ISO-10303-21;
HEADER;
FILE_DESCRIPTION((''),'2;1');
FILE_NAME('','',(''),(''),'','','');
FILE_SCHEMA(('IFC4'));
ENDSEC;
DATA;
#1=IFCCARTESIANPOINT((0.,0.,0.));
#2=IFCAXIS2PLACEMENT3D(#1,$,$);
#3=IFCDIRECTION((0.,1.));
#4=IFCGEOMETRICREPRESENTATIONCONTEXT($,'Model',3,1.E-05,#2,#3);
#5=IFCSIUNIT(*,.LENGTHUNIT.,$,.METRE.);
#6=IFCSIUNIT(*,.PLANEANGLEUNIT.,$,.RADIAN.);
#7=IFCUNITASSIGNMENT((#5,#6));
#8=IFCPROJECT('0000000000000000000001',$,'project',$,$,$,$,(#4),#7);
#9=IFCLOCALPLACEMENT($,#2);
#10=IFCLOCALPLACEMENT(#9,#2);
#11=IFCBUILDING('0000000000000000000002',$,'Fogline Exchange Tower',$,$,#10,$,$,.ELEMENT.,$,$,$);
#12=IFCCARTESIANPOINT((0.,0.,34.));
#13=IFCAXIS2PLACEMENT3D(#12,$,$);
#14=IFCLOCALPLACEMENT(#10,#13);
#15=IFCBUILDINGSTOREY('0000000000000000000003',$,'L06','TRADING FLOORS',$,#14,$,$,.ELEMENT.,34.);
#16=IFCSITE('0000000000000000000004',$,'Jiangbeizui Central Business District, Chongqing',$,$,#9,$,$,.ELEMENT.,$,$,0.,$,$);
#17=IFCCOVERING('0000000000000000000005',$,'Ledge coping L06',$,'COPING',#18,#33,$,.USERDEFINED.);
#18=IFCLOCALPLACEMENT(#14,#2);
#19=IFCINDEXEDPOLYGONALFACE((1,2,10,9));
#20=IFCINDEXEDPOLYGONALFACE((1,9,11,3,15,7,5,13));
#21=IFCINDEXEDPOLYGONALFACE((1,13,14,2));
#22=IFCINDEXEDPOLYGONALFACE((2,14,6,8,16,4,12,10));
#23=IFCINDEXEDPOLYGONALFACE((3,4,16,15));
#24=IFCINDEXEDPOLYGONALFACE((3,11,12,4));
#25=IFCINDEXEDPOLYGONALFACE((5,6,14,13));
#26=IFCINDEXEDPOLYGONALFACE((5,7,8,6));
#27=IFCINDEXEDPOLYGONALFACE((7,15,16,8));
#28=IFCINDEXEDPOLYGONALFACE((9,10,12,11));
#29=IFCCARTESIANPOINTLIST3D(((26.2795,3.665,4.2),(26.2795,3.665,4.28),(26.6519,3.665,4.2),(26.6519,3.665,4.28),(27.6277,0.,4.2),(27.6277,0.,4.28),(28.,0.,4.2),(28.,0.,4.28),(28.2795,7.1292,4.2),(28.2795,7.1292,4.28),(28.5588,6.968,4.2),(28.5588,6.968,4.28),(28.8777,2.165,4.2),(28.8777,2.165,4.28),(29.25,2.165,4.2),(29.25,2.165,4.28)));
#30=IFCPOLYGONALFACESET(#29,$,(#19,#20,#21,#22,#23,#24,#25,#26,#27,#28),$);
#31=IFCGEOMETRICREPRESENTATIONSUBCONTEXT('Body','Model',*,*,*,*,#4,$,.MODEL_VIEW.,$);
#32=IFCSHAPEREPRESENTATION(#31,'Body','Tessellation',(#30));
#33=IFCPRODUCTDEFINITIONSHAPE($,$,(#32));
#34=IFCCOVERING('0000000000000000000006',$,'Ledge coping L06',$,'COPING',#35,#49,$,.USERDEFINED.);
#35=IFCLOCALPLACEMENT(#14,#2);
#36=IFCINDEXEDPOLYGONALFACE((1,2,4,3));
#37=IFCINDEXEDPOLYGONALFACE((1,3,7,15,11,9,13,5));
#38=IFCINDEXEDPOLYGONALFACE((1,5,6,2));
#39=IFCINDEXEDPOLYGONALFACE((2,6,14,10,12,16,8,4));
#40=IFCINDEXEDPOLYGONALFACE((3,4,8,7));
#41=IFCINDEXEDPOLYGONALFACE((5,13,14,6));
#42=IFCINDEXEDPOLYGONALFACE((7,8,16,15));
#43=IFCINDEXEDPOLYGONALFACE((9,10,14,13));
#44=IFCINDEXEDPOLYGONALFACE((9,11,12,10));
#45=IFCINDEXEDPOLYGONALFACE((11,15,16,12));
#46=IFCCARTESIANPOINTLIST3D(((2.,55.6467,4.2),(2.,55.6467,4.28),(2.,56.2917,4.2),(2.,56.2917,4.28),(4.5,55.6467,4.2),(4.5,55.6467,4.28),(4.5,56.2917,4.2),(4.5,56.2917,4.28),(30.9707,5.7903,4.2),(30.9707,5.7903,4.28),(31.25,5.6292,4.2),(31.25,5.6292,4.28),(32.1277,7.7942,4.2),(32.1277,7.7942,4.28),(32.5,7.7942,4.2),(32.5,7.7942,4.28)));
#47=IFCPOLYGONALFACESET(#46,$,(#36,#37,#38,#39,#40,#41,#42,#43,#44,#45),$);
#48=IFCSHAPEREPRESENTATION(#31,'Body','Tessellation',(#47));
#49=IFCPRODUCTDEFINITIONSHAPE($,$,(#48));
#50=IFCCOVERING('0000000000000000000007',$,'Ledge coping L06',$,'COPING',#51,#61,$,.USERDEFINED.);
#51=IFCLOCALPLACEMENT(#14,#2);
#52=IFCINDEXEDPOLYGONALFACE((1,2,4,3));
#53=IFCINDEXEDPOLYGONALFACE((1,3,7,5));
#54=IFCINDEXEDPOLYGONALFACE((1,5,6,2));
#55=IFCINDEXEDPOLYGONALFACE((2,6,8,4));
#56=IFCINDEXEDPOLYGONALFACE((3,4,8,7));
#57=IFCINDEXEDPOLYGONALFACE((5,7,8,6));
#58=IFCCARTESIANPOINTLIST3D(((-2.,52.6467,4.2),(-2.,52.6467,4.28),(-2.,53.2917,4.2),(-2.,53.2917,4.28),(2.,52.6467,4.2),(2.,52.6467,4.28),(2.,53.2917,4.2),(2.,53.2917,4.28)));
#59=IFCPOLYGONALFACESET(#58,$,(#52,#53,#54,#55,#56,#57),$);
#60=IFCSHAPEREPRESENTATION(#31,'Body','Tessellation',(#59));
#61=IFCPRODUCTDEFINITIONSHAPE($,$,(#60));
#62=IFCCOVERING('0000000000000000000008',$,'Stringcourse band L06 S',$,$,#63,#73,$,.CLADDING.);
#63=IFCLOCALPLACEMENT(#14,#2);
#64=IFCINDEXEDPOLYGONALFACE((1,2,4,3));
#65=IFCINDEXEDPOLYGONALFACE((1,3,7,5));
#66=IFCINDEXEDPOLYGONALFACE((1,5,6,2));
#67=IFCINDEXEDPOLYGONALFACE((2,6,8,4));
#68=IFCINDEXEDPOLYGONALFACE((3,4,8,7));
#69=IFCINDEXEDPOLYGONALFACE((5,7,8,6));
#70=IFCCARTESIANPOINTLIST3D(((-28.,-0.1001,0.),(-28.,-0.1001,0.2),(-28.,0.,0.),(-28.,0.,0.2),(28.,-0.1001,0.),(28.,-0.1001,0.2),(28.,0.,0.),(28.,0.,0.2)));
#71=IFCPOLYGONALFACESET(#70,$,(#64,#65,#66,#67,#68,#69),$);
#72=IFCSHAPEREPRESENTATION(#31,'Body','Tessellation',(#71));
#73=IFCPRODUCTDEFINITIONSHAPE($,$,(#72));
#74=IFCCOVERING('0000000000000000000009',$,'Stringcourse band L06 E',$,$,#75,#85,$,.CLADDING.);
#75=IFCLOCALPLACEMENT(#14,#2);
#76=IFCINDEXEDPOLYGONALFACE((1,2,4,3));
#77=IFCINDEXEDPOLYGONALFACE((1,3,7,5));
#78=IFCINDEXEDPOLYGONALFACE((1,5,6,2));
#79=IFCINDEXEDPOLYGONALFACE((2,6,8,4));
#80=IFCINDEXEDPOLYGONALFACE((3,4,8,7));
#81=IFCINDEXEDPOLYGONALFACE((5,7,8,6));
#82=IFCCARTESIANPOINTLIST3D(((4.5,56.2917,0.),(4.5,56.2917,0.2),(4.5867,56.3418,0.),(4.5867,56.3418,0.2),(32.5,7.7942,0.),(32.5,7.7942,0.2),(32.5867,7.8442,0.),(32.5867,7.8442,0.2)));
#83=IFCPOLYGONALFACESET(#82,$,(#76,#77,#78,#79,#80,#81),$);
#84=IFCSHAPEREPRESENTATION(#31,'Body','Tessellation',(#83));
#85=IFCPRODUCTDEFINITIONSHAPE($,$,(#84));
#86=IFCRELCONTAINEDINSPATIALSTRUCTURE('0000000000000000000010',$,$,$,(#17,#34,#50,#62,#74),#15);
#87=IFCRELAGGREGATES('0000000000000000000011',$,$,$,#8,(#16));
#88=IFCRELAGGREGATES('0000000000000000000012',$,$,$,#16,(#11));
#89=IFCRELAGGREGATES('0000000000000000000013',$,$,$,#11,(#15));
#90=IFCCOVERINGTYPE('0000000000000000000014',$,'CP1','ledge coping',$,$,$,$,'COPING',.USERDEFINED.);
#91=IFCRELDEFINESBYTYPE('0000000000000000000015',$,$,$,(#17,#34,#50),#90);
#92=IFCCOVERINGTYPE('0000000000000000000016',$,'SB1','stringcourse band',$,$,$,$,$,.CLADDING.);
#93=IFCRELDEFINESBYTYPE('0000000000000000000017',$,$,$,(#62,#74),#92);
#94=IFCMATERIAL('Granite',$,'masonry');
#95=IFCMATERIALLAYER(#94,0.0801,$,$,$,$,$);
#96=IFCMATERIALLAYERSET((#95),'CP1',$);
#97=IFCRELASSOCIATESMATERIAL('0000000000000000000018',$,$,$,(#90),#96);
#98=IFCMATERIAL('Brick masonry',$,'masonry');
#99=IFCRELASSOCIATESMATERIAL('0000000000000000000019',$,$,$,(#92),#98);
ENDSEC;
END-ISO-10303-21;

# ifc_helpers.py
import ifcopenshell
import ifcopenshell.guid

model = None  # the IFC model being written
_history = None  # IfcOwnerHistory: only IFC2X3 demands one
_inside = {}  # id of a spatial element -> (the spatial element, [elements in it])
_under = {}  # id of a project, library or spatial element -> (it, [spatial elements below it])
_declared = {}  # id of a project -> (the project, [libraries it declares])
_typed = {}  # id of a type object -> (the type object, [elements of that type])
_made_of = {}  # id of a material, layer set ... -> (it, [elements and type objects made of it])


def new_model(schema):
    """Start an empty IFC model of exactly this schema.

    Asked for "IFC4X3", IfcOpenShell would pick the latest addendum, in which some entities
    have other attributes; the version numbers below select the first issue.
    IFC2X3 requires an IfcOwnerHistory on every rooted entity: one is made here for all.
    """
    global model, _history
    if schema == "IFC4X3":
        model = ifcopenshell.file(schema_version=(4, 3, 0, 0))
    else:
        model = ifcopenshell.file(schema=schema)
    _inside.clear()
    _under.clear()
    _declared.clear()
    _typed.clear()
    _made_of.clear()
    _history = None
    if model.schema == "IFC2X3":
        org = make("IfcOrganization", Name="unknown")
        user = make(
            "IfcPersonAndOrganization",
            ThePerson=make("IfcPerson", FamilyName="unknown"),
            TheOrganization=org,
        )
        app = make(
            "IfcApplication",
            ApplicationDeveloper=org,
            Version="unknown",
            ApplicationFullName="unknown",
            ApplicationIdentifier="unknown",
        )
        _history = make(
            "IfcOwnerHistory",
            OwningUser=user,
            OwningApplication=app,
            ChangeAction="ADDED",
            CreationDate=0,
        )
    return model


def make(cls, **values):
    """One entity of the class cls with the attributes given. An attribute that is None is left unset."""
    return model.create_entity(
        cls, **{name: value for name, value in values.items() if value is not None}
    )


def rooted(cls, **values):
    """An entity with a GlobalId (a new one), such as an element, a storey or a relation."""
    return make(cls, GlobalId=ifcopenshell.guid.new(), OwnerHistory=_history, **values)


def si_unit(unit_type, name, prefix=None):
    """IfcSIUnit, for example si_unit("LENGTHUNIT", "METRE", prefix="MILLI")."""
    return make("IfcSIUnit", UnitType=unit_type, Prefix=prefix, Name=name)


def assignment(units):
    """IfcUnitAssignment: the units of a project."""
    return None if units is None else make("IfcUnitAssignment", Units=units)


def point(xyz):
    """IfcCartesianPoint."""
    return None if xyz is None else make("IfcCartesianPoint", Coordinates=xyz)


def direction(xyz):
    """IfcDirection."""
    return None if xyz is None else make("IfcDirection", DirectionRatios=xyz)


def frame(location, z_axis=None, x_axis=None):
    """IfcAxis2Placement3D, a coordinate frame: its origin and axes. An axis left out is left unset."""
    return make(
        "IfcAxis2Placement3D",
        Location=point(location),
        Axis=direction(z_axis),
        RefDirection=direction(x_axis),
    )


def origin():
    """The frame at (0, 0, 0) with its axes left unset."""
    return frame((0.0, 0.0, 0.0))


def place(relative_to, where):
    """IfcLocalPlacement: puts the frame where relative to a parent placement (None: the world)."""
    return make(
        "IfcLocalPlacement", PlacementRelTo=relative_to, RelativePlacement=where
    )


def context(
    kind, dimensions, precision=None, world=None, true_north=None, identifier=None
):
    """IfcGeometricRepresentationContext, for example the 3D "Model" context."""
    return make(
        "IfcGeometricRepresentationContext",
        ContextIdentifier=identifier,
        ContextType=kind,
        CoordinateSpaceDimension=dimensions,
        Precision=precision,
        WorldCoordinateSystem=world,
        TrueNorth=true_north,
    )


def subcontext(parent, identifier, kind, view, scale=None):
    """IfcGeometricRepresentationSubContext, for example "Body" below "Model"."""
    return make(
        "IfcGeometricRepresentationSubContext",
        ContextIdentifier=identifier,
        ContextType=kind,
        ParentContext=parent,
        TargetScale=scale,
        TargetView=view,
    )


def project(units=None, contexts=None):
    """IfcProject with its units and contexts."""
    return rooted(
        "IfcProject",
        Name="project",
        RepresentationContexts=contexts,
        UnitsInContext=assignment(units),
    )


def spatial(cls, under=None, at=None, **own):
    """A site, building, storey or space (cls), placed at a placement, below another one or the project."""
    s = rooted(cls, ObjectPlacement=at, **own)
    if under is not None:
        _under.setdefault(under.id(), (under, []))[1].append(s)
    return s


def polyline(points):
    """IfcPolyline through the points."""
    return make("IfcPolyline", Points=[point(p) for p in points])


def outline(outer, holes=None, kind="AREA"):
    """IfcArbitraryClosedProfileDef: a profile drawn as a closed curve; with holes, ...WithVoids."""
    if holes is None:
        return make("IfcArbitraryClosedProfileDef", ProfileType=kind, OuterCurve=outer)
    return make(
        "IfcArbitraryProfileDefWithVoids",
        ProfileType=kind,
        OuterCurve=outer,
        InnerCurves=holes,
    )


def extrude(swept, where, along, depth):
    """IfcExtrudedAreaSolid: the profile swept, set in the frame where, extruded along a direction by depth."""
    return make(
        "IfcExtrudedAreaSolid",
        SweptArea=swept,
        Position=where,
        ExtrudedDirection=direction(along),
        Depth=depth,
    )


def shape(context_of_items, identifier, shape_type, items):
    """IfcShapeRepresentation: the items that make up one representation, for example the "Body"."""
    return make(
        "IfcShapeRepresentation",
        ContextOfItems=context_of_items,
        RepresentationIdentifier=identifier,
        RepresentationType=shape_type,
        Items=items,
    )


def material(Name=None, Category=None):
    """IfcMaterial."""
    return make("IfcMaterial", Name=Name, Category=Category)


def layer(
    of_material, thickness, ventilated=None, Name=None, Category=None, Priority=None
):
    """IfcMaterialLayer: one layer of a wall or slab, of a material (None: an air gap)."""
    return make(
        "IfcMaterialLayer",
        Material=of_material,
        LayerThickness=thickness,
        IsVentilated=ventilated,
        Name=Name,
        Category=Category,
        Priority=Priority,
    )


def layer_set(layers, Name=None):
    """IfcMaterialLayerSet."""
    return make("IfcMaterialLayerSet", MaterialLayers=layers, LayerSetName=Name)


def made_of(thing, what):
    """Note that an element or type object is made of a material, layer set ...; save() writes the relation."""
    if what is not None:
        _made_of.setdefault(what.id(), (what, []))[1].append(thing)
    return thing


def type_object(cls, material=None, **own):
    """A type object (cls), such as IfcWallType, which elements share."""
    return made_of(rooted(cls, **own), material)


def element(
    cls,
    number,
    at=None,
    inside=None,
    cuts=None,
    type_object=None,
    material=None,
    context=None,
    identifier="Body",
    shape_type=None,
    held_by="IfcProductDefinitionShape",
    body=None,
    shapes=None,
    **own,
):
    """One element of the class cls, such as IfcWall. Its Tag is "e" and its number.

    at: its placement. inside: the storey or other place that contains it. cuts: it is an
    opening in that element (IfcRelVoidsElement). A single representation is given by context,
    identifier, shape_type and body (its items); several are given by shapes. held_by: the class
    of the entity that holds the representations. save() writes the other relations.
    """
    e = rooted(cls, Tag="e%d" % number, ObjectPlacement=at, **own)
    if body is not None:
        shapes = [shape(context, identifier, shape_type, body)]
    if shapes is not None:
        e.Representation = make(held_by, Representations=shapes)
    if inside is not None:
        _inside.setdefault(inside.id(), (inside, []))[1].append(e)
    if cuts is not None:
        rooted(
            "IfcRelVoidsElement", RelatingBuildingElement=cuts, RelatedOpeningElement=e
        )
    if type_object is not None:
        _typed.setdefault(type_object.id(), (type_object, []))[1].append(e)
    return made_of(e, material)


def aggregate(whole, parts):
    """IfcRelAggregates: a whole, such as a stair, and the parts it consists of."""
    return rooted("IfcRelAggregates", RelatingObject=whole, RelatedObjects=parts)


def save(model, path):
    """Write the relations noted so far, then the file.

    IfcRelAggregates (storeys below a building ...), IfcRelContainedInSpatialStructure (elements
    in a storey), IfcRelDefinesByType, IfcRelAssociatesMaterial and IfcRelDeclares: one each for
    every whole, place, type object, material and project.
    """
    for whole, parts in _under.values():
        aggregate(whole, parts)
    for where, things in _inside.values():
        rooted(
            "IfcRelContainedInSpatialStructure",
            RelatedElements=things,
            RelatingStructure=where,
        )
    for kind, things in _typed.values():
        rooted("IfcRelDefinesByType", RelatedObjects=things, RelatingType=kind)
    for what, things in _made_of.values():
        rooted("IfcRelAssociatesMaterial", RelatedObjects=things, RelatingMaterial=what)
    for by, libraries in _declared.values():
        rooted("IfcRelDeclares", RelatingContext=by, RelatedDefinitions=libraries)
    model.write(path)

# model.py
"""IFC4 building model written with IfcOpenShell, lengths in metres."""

from ifc_helpers import new_model, si_unit, direction, frame, origin, place, context, subcontext, project, spatial, polyline, outline, extrude, material, layer, layer_set, type_object, element, save


model = new_model("IFC4")

# Units and contexts
model_context = context("Model", 3, precision=1e-05, world=origin(), true_north=direction((0.0, 1.0)))
body_context = subcontext(model_context, "Body", "Model", "MODEL_VIEW")
ifc_project = project(units=[si_unit("LENGTHUNIT", "METRE"), si_unit("PLANEANGLEUNIT", "RADIAN")], contexts=[model_context])

# Site, building, storey
site_placement = place(None, origin())
site = spatial("IfcSite", under=ifc_project, at=site_placement, Name="Jiangbeizui Central Business District, Chongqing", CompositionType="ELEMENT", RefElevation=0.0)
building_placement = place(site_placement, origin())
building = spatial("IfcBuilding", under=site, at=building_placement, Name="Fogline Exchange Tower", CompositionType="ELEMENT")
storey_placement = place(building_placement, frame((0.0, 0.0, 34.0)))
storey = spatial("IfcBuildingStorey", under=building, at=storey_placement, Name="L06", Description="TRADING FLOORS", CompositionType="ELEMENT", Elevation=34.0)

# Shared definitions
ifc_material_1 = material(Name="Brick masonry", Category="masonry")

# Coverings
ifc_material_2 = material(Name="Granite", Category="masonry")
ifc_layer_1 = layer(ifc_material_2, 0.0801)
ifc_layer_set_1 = layer_set([ifc_layer_1], Name="CP1")
covering_type_1 = type_object("IfcCoveringType", Name="CP1", Description="ledge coping", ElementType="COPING", PredefinedType="USERDEFINED", material=ifc_layer_set_1)
covering_1_placement = place(storey_placement, frame((0.0, 0.0, 4.2)))
element("IfcCovering", 1, at=covering_1_placement, inside=storey, type_object=covering_type_1, Name="Ledge coping L06", ObjectType="COPING", PredefinedType="USERDEFINED", context=body_context, shape_type="SweptSolid", body=[
    extrude(outline(polyline([(26.6519, 3.665), (28.5588, 6.968), (28.2795, 7.1292), (26.2795, 3.665), (28.8777, 2.165), (27.6277, 0.0), (28.0, 0.0), (29.25, 2.165), (26.6519, 3.665)])), origin(), (0.0, 0.0, 1.0), 0.0801),
])
covering_2_placement = place(storey_placement, frame((0.0, 0.0, 4.2)))
element("IfcCovering", 2, at=covering_2_placement, inside=storey, type_object=covering_type_1, Name="Ledge coping L06", ObjectType="COPING", PredefinedType="USERDEFINED", context=body_context, shape_type="SweptSolid", body=[
    extrude(outline(polyline([(2.0, 56.2917), (2.0, 55.6467), (4.5, 55.6467), (32.1277, 7.7942), (30.9707, 5.7903), (31.25, 5.6292), (32.5, 7.7942), (4.5, 56.2917), (2.0, 56.2917)])), origin(), (0.0, 0.0, 1.0), 0.0801),
])
covering_3_placement = place(storey_placement, frame((0.0, 0.0, 4.2)))
element("IfcCovering", 3, at=covering_3_placement, inside=storey, type_object=covering_type_1, Name="Ledge coping L06", ObjectType="COPING", PredefinedType="USERDEFINED", context=body_context, shape_type="SweptSolid", body=[
    extrude(outline(polyline([(2.0, 53.2917), (-2.0, 53.2917), (-2.0, 52.6467), (2.0, 52.6467), (2.0, 53.2917)])), origin(), (0.0, 0.0, 1.0), 0.0801),
])
covering_type_2 = type_object("IfcCoveringType", Name="SB1", Description="stringcourse band", PredefinedType="CLADDING", material=ifc_material_1)
covering_4_placement = place(storey_placement, origin())
element("IfcCovering", 4, at=covering_4_placement, inside=storey, type_object=covering_type_2, Name="Stringcourse band L06 S", PredefinedType="CLADDING", context=body_context, shape_type="SweptSolid", body=[
    extrude(outline(polyline([(-28.0, 0.0), (-28.0, -0.1001), (28.0, -0.1001), (28.0, 0.0), (-28.0, 0.0)])), origin(), (0.0, 0.0, 1.0), 0.2),
])
covering_5_placement = place(storey_placement, origin())
element("IfcCovering", 5, at=covering_5_placement, inside=storey, type_object=covering_type_2, Name="Stringcourse band L06 E", PredefinedType="CLADDING", context=body_context, shape_type="SweptSolid", body=[
    extrude(outline(polyline([(32.5, 7.7942), (32.5867, 7.8442), (4.5867, 56.3418), (4.5, 56.2917), (32.5, 7.7942)])), origin(), (0.0, 0.0, 1.0), 0.2),
])

save(model, "model.ifc")
